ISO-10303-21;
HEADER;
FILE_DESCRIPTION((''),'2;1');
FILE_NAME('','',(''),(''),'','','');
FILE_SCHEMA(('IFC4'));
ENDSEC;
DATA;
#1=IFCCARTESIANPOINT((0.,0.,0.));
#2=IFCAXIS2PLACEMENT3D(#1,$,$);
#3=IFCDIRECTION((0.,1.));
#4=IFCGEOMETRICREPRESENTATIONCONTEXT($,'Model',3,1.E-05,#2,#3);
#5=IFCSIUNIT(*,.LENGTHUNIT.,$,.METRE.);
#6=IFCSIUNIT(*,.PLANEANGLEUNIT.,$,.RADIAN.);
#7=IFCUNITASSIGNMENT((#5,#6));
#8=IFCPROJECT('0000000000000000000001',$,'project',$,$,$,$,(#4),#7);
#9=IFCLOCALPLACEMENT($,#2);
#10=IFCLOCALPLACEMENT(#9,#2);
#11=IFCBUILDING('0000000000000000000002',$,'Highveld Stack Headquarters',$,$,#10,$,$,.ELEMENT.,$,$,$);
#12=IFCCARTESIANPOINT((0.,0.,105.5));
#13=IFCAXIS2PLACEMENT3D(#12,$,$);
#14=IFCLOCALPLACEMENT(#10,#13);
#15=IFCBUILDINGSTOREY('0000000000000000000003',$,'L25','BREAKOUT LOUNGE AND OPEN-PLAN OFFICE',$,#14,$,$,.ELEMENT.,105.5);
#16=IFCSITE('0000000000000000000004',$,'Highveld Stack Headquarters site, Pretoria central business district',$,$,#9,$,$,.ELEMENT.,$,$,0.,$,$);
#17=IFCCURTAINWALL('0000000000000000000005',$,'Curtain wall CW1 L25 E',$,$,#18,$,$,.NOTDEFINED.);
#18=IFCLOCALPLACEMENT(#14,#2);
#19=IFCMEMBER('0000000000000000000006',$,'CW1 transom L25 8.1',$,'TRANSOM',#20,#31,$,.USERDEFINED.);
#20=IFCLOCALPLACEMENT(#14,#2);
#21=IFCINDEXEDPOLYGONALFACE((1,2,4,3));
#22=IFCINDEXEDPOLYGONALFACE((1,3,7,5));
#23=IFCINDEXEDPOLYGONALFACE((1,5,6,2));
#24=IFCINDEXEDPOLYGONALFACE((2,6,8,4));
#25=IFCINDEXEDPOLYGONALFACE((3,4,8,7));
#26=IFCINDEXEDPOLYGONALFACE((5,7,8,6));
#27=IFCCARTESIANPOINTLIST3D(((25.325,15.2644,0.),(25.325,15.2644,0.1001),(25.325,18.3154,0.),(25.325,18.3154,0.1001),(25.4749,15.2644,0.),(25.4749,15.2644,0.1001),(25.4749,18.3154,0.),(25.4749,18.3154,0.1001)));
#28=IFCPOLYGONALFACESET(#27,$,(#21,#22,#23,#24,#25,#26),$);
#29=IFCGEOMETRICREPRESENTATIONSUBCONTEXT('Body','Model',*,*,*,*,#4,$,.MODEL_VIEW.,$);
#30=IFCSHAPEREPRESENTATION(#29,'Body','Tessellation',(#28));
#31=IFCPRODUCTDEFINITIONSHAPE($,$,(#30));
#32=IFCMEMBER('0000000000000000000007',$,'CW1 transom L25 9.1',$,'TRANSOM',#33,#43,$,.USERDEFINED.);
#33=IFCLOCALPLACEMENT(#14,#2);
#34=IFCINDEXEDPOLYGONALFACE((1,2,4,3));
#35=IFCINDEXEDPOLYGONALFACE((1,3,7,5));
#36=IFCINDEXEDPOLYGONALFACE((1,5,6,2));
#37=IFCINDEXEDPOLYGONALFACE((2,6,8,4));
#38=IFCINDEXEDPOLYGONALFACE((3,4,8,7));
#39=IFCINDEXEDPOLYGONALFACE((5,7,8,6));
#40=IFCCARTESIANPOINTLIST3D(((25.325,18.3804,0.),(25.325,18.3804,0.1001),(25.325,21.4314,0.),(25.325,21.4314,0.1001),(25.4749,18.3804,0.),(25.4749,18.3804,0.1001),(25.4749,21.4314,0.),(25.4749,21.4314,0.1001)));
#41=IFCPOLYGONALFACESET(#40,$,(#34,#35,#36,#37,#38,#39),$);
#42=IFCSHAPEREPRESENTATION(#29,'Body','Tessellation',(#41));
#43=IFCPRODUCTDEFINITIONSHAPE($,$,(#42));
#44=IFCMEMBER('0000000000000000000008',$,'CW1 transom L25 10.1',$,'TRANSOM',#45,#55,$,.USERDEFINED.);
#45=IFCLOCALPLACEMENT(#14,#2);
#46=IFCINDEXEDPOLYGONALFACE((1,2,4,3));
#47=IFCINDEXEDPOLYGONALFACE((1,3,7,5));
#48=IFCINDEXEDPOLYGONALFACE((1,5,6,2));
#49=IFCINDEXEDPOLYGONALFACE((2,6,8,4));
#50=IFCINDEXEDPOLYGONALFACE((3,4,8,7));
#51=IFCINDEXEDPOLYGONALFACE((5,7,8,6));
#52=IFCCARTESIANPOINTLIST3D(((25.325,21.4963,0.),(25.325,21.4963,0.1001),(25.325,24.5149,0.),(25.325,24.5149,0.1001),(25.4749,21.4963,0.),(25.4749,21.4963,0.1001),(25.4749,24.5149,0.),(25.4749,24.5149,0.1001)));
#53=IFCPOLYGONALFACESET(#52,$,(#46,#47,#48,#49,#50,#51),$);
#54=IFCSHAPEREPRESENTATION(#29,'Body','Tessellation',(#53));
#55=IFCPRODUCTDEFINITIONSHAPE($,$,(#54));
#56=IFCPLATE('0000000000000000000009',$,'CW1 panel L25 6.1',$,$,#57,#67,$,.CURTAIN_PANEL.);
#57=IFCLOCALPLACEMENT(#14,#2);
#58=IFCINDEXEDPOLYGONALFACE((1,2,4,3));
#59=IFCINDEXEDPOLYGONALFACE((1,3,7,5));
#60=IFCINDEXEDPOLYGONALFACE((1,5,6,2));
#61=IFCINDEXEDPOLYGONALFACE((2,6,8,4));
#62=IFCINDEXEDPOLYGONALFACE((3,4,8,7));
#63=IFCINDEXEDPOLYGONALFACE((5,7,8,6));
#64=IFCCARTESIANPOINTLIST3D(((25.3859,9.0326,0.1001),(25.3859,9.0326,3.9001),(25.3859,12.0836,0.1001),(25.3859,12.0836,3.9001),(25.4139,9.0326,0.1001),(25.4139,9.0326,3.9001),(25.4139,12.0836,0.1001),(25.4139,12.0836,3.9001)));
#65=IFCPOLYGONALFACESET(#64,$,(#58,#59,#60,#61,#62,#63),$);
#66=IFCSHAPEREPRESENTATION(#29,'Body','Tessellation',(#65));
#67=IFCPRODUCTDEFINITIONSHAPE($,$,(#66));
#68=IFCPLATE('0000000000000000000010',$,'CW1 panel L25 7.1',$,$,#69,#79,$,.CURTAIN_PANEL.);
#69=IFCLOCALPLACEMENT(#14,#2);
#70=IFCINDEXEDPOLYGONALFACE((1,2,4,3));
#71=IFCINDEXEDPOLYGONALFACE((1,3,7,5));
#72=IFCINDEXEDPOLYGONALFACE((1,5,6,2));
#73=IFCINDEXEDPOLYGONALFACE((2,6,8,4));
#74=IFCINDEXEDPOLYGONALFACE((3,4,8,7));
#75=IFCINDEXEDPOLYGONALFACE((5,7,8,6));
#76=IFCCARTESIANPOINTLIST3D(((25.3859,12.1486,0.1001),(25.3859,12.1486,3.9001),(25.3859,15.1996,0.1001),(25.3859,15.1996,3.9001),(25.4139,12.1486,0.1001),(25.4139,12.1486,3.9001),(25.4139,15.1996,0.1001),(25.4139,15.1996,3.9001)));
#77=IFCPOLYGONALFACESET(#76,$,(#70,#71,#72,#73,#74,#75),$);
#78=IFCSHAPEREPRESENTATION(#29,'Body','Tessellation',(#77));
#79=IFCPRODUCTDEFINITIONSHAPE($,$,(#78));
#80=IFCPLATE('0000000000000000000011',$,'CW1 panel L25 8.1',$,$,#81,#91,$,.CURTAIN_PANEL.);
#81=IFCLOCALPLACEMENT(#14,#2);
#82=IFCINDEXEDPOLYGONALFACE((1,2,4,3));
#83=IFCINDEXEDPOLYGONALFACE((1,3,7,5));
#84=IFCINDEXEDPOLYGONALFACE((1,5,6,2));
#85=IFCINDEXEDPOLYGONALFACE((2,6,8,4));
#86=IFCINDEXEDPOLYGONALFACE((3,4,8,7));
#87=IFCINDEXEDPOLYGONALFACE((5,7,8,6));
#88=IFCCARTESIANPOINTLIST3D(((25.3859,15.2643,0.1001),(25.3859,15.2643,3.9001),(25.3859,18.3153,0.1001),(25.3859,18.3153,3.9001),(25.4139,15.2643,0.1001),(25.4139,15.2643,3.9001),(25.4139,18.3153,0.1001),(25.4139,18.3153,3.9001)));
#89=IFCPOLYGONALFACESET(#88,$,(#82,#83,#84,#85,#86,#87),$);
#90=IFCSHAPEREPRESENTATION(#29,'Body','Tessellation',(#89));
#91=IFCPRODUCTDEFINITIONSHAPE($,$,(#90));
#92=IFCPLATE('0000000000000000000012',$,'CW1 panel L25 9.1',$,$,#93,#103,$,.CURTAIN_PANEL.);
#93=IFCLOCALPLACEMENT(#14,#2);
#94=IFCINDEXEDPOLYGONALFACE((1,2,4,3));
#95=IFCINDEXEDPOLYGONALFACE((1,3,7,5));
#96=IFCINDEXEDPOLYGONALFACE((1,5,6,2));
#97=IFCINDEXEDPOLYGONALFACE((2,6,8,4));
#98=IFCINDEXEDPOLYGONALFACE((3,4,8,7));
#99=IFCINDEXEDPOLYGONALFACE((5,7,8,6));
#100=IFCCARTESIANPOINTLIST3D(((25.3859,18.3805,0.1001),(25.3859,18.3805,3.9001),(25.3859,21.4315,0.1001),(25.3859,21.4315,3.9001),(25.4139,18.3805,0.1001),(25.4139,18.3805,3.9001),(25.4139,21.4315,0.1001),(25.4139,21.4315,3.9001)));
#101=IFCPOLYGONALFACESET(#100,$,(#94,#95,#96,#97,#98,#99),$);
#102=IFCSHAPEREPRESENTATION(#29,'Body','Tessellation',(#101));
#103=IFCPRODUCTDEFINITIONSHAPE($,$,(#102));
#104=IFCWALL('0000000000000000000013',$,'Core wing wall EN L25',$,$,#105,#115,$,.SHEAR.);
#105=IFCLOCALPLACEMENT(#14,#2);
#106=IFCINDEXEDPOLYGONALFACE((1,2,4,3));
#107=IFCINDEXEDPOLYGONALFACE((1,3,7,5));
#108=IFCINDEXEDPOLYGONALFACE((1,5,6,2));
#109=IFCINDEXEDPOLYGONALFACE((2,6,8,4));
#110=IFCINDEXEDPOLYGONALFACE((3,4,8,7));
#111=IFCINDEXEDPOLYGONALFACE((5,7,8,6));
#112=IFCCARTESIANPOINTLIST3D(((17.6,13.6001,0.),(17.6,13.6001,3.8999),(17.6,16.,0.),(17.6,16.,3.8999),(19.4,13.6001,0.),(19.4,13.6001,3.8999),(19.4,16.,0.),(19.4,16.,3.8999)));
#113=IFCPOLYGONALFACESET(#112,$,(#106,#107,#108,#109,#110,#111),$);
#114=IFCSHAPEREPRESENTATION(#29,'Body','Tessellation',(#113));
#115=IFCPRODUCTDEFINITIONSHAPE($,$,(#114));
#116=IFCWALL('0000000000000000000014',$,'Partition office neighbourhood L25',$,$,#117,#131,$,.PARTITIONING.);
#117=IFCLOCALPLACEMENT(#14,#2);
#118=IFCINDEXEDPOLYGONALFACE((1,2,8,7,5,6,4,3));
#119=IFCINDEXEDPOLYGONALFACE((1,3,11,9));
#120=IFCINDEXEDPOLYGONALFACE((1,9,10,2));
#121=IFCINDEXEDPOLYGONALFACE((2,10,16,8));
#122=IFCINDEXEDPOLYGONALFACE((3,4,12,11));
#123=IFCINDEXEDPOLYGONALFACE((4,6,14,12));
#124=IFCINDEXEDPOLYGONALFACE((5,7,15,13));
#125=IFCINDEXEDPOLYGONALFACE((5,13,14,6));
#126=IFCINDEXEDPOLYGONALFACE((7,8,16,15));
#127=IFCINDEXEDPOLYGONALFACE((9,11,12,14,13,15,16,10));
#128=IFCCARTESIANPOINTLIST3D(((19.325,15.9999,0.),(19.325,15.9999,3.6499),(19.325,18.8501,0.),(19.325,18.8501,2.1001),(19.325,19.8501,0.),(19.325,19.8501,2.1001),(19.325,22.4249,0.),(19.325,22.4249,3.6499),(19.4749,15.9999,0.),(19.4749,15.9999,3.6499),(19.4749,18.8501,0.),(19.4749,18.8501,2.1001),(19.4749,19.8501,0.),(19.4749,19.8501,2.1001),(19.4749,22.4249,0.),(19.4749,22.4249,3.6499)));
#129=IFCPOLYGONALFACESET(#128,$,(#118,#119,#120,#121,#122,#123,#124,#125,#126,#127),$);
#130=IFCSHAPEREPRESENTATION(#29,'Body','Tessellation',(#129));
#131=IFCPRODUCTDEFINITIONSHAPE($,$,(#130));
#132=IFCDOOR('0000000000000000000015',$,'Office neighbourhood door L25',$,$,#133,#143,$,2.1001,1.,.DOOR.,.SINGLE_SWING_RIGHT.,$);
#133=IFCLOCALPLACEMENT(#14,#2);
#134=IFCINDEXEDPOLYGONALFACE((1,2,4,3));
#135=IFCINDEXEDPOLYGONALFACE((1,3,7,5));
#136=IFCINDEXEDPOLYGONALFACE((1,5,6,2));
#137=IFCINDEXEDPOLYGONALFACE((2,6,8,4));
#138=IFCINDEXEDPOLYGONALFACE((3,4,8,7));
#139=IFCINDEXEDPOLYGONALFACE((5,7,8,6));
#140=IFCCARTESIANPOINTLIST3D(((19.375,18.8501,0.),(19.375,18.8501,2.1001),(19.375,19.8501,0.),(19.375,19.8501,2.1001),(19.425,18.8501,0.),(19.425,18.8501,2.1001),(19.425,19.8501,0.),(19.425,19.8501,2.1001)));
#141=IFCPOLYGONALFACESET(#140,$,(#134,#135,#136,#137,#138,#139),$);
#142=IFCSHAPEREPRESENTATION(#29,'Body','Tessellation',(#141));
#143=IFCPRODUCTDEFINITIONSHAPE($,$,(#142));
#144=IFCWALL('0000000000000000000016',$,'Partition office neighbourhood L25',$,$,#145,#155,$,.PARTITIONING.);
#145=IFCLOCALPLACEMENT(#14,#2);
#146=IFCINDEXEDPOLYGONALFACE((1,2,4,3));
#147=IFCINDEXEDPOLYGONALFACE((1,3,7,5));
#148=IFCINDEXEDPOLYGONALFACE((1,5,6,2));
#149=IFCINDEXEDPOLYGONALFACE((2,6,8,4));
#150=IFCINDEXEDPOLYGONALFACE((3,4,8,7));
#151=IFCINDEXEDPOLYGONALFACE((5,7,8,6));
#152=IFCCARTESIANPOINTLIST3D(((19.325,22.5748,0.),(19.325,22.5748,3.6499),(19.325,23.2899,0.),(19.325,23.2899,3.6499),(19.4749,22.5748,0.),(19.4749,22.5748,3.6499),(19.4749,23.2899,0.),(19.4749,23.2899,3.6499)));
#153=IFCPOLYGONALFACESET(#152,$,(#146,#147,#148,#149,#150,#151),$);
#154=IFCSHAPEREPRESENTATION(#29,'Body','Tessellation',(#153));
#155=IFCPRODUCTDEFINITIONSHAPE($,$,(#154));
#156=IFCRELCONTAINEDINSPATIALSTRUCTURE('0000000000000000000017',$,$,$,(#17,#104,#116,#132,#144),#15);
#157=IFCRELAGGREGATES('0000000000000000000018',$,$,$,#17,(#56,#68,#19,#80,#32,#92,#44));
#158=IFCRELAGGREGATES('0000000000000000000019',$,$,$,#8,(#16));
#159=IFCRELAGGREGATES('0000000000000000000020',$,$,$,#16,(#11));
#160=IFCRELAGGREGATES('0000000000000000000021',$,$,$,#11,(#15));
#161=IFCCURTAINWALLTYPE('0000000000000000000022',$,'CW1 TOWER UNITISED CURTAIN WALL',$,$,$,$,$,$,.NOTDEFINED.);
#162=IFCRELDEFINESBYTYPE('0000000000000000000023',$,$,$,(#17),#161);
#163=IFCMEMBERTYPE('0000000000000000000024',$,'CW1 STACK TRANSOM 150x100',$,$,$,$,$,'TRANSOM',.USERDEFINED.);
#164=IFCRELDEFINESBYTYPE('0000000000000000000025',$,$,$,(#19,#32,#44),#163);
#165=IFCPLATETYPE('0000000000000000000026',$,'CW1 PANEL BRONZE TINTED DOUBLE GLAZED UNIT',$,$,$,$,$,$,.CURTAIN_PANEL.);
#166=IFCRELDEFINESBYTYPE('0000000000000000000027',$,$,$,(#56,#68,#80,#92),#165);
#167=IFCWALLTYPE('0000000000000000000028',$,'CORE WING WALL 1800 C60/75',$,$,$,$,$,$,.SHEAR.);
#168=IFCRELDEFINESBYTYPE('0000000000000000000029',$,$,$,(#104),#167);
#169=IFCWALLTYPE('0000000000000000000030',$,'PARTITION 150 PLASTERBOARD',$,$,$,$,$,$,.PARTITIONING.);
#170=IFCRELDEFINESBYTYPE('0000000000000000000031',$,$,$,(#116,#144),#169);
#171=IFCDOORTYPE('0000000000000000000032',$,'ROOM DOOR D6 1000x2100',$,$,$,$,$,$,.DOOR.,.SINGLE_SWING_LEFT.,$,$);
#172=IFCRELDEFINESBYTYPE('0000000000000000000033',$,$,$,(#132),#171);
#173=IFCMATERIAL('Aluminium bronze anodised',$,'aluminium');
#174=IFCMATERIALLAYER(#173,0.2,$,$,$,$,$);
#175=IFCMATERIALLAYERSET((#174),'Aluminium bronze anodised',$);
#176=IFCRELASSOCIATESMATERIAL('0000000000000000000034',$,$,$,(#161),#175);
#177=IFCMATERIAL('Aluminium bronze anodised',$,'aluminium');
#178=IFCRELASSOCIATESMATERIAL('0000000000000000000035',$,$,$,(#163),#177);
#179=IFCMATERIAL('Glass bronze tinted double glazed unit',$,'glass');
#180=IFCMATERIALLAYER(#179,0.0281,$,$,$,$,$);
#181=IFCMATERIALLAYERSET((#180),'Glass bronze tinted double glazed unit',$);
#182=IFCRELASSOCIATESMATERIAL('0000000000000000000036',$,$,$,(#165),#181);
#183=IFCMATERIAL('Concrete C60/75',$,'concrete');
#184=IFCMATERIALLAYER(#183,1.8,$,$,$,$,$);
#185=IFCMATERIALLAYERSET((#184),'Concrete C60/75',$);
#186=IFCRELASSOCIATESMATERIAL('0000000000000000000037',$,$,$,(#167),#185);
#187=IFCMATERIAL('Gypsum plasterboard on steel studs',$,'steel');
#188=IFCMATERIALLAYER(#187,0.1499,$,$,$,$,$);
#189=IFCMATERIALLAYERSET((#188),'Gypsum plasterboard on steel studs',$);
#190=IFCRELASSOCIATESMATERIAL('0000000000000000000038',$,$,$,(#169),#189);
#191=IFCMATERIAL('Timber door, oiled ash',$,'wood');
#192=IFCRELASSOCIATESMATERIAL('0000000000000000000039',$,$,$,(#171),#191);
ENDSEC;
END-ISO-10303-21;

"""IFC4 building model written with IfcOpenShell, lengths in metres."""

from ifc_helpers import new_model, si_unit, direction, frame, frame_2d, origin, origin_2d, place, context, subcontext, project, spatial, rectangle, extrude, material, layer, layer_set, material_profile, profile_set, type_object, element, fill, aggregate, save


model = new_model("IFC4")

# Units and contexts
model_context = context("Model", 3, precision=1e-05, world=origin(), true_north=direction((0.0, 1.0)))
body_context = subcontext(model_context, "Body", "Model", "MODEL_VIEW")
ifc_project = project(units=[si_unit("LENGTHUNIT", "METRE"), si_unit("PLANEANGLEUNIT", "RADIAN")], contexts=[model_context])

# Site, building, storey
site_placement = place(None, origin())
site = spatial("IfcSite", under=ifc_project, at=site_placement, Name="Highveld Stack Headquarters site, Pretoria central business district", CompositionType="ELEMENT", RefElevation=0.0)
building_placement = place(site_placement, origin())
building = spatial("IfcBuilding", under=site, at=building_placement, Name="Highveld Stack Headquarters", CompositionType="ELEMENT")
storey_placement = place(building_placement, frame((0.0, 0.0, 105.5)))
storey = spatial("IfcBuildingStorey", under=building, at=storey_placement, Name="L25", Description="BREAKOUT LOUNGE AND OPEN-PLAN OFFICE", CompositionType="ELEMENT", Elevation=105.5)

# Curtain wall, members, plates
ifc_material_1 = material(Name="Aluminium bronze anodised", Category="aluminium")
ifc_layer_1 = layer(ifc_material_1, 0.2)
ifc_layer_set_1 = layer_set([ifc_layer_1], Name="Aluminium bronze anodised")
curtain_wall_type = type_object("IfcCurtainWallType", Name="CW1 TOWER UNITISED CURTAIN WALL", PredefinedType="NOTDEFINED", material=ifc_layer_set_1)
curtain_wall_placement = place(storey_placement, origin())
curtain_wall = element("IfcCurtainWall", 1, at=curtain_wall_placement, inside=storey, type_object=curtain_wall_type, Name="Curtain wall CW1 L25 E", PredefinedType="NOTDEFINED")
ifc_material_2 = material(Name="Aluminium bronze anodised", Category="aluminium")
ifc_material_profile_1 = material_profile(ifc_material_2, rectangle(XDim=0.1499, YDim=0.1001, at=origin_2d()), Name="CW1 TRANSOM 150x100")
ifc_profile_set_1 = profile_set([ifc_material_profile_1], Name="Aluminium bronze anodised")
member_type_1 = type_object("IfcMemberType", Name="CW1 STACK TRANSOM 150x100", ElementType="TRANSOM", PredefinedType="USERDEFINED", material=ifc_profile_set_1)
member_1_placement = place(storey_placement, frame((25.3999, 15.2644, 0.05), z_axis=(0.0, 1.0, 0.0), x_axis=(-1.0, 0.0, 0.0)))
member_1 = element("IfcMember", 2, at=member_1_placement, type_object=member_type_1, Name="CW1 transom L25 8.1", ObjectType="TRANSOM", PredefinedType="USERDEFINED", context=body_context, shape_type="SweptSolid", body=[
    extrude(rectangle(XDim=0.1499, YDim=0.1001, at=origin_2d()), origin(), (0.0, 0.0, 1.0), 3.051),
])
member_2_placement = place(storey_placement, frame((25.3999, 18.3804, 0.05), z_axis=(0.0, 1.0, 0.0), x_axis=(-1.0, 0.0, 0.0)))
member_2 = element("IfcMember", 3, at=member_2_placement, type_object=member_type_1, Name="CW1 transom L25 9.1", ObjectType="TRANSOM", PredefinedType="USERDEFINED", context=body_context, shape_type="SweptSolid", body=[
    extrude(rectangle(XDim=0.1499, YDim=0.1001, at=origin_2d()), origin(), (0.0, 0.0, 1.0), 3.051),
])
member_3_placement = place(storey_placement, frame((25.3999, 21.4963, 0.05), z_axis=(0.0, 1.0, 0.0), x_axis=(-1.0, 0.0, 0.0)))
member_3 = element("IfcMember", 4, at=member_3_placement, type_object=member_type_1, Name="CW1 transom L25 10.1", ObjectType="TRANSOM", PredefinedType="USERDEFINED", context=body_context, shape_type="SweptSolid", body=[
    extrude(rectangle(XDim=0.1499, YDim=0.1001, at=origin_2d()), origin(), (0.0, 0.0, 1.0), 3.0186),
])
ifc_material_3 = material(Name="Glass bronze tinted double glazed unit", Category="glass")
ifc_layer_2 = layer(ifc_material_3, 0.0281)
ifc_layer_set_2 = layer_set([ifc_layer_2], Name="Glass bronze tinted double glazed unit")
plate_type = type_object("IfcPlateType", Name="CW1 PANEL BRONZE TINTED DOUBLE GLAZED UNIT", PredefinedType="CURTAIN_PANEL", material=ifc_layer_set_2)
plate_1_placement = place(storey_placement, frame((25.3999, 10.5581, 0.1001), z_axis=(0.0, 0.0, 1.0), x_axis=(0.0, 1.0, 0.0)))
plate_1 = element("IfcPlate", 5, at=plate_1_placement, type_object=plate_type, Name="CW1 panel L25 6.1", PredefinedType="CURTAIN_PANEL", context=body_context, shape_type="SweptSolid", body=[
    extrude(rectangle(XDim=3.051, YDim=0.0281, at=origin_2d()), origin(), (0.0, 0.0, 1.0), 3.8),
])
plate_2_placement = place(storey_placement, frame((25.3999, 13.6741, 0.1001), z_axis=(0.0, 0.0, 1.0), x_axis=(0.0, 1.0, 0.0)))
plate_2 = element("IfcPlate", 6, at=plate_2_placement, type_object=plate_type, Name="CW1 panel L25 7.1", PredefinedType="CURTAIN_PANEL", context=body_context, shape_type="SweptSolid", body=[
    extrude(rectangle(XDim=3.051, YDim=0.0281, at=origin_2d()), origin(), (0.0, 0.0, 1.0), 3.8),
])
plate_3_placement = place(storey_placement, frame((25.3999, 16.7898, 0.1001), z_axis=(0.0, 0.0, 1.0), x_axis=(0.0, 1.0, 0.0)))
plate_3 = element("IfcPlate", 7, at=plate_3_placement, type_object=plate_type, Name="CW1 panel L25 8.1", PredefinedType="CURTAIN_PANEL", context=body_context, shape_type="SweptSolid", body=[
    extrude(rectangle(XDim=3.051, YDim=0.0281, at=origin_2d()), origin(), (0.0, 0.0, 1.0), 3.8),
])
plate_4_placement = place(storey_placement, frame((25.3999, 19.906, 0.1001), z_axis=(0.0, 0.0, 1.0), x_axis=(0.0, 1.0, 0.0)))
plate_4 = element("IfcPlate", 8, at=plate_4_placement, type_object=plate_type, Name="CW1 panel L25 9.1", PredefinedType="CURTAIN_PANEL", context=body_context, shape_type="SweptSolid", body=[
    extrude(rectangle(XDim=3.051, YDim=0.0281, at=origin_2d()), origin(), (0.0, 0.0, 1.0), 3.8),
])
aggregate(curtain_wall, [plate_1, plate_2, member_1, plate_3, member_2, plate_4, member_3])

# Wall
ifc_material_4 = material(Name="Concrete C60/75", Category="concrete")
ifc_layer_3 = layer(ifc_material_4, 1.8)
ifc_layer_set_3 = layer_set([ifc_layer_3], Name="Concrete C60/75")
wall_type_1 = type_object("IfcWallType", Name="CORE WING WALL 1800 C60/75", PredefinedType="SHEAR", material=ifc_layer_set_3)
wall_1_placement = place(storey_placement, frame((18.5, 13.6001, 0.0), z_axis=(0.0, 0.0, 1.0), x_axis=(0.0, 1.0, 0.0)))
element("IfcWall", 9, at=wall_1_placement, inside=storey, type_object=wall_type_1, Name="Core wing wall EN L25", PredefinedType="SHEAR", context=body_context, shape_type="SweptSolid", body=[
    extrude(rectangle(XDim=2.3999, YDim=1.8, at=frame_2d((1.2, 0.0))), origin(), (0.0, 0.0, 1.0), 3.8999),
])

# Wall, opening, door
ifc_material_5 = material(Name="Gypsum plasterboard on steel studs", Category="steel")
ifc_layer_4 = layer(ifc_material_5, 0.1499)
ifc_layer_set_4 = layer_set([ifc_layer_4], Name="Gypsum plasterboard on steel studs")
wall_type_2 = type_object("IfcWallType", Name="PARTITION 150 PLASTERBOARD", PredefinedType="PARTITIONING", material=ifc_layer_set_4)
wall_2_placement = place(storey_placement, frame((19.3999, 16.0, 0.0), z_axis=(0.0, 0.0, 1.0), x_axis=(0.0, 1.0, 0.0)))
wall_2 = element("IfcWall", 10, at=wall_2_placement, inside=storey, type_object=wall_type_2, Name="Partition office neighbourhood L25", PredefinedType="PARTITIONING", context=body_context, shape_type="SweptSolid", body=[
    extrude(rectangle(XDim=6.425, YDim=0.1499, at=frame_2d((3.2124, 0.0))), origin(), (0.0, 0.0, 1.0), 3.6499),
])
opening_placement = place(wall_2_placement, frame((2.8501, 0.0, 0.0)))
opening = element("IfcOpeningElement", 11, at=opening_placement, cuts=wall_2, PredefinedType="OPENING", context=body_context, shape_type="SweptSolid", body=[
    extrude(rectangle(XDim=1.0, YDim=2.1001, at=frame_2d((0.5, 1.05))), frame((0.0, 0.085, 0.0), z_axis=(0.0, -1.0, 0.0), x_axis=(1.0, 0.0, 0.0)), (0.0, 0.0, 1.0), 0.1699),
])
ifc_material_6 = material(Name="Timber door, oiled ash", Category="wood")
door_type = type_object("IfcDoorType", Name="ROOM DOOR D6 1000x2100", OperationType="SINGLE_SWING_LEFT", PredefinedType="DOOR", material=ifc_material_6)
door_placement = place(opening_placement, origin())
door = element("IfcDoor", 12, at=door_placement, inside=storey, type_object=door_type, Name="Office neighbourhood door L25", OperationType="SINGLE_SWING_RIGHT", OverallHeight=2.1001, OverallWidth=1.0, PredefinedType="DOOR", context=body_context, shape_type="SweptSolid", body=[
    extrude(rectangle(XDim=1.0, YDim=2.1001, at=frame_2d((0.5, 1.05))), frame((0.0, 0.0249, 0.0), z_axis=(0.0, -1.0, 0.0), x_axis=(1.0, 0.0, 0.0)), (0.0, 0.0, 1.0), 0.05),
])
fill(opening, door)

# Wall
wall_3_placement = place(storey_placement, frame((19.3999, 22.575, 0.0), z_axis=(0.0, 0.0, 1.0), x_axis=(0.0, 1.0, 0.0)))
element("IfcWall", 13, at=wall_3_placement, inside=storey, type_object=wall_type_2, Name="Partition office neighbourhood L25", PredefinedType="PARTITIONING", context=body_context, shape_type="SweptSolid", body=[
    extrude(rectangle(XDim=0.7151, YDim=0.1499, at=frame_2d((0.3574, 0.0))), origin(), (0.0, 0.0, 1.0), 3.6499),
])

save(model, "model.ifc")
